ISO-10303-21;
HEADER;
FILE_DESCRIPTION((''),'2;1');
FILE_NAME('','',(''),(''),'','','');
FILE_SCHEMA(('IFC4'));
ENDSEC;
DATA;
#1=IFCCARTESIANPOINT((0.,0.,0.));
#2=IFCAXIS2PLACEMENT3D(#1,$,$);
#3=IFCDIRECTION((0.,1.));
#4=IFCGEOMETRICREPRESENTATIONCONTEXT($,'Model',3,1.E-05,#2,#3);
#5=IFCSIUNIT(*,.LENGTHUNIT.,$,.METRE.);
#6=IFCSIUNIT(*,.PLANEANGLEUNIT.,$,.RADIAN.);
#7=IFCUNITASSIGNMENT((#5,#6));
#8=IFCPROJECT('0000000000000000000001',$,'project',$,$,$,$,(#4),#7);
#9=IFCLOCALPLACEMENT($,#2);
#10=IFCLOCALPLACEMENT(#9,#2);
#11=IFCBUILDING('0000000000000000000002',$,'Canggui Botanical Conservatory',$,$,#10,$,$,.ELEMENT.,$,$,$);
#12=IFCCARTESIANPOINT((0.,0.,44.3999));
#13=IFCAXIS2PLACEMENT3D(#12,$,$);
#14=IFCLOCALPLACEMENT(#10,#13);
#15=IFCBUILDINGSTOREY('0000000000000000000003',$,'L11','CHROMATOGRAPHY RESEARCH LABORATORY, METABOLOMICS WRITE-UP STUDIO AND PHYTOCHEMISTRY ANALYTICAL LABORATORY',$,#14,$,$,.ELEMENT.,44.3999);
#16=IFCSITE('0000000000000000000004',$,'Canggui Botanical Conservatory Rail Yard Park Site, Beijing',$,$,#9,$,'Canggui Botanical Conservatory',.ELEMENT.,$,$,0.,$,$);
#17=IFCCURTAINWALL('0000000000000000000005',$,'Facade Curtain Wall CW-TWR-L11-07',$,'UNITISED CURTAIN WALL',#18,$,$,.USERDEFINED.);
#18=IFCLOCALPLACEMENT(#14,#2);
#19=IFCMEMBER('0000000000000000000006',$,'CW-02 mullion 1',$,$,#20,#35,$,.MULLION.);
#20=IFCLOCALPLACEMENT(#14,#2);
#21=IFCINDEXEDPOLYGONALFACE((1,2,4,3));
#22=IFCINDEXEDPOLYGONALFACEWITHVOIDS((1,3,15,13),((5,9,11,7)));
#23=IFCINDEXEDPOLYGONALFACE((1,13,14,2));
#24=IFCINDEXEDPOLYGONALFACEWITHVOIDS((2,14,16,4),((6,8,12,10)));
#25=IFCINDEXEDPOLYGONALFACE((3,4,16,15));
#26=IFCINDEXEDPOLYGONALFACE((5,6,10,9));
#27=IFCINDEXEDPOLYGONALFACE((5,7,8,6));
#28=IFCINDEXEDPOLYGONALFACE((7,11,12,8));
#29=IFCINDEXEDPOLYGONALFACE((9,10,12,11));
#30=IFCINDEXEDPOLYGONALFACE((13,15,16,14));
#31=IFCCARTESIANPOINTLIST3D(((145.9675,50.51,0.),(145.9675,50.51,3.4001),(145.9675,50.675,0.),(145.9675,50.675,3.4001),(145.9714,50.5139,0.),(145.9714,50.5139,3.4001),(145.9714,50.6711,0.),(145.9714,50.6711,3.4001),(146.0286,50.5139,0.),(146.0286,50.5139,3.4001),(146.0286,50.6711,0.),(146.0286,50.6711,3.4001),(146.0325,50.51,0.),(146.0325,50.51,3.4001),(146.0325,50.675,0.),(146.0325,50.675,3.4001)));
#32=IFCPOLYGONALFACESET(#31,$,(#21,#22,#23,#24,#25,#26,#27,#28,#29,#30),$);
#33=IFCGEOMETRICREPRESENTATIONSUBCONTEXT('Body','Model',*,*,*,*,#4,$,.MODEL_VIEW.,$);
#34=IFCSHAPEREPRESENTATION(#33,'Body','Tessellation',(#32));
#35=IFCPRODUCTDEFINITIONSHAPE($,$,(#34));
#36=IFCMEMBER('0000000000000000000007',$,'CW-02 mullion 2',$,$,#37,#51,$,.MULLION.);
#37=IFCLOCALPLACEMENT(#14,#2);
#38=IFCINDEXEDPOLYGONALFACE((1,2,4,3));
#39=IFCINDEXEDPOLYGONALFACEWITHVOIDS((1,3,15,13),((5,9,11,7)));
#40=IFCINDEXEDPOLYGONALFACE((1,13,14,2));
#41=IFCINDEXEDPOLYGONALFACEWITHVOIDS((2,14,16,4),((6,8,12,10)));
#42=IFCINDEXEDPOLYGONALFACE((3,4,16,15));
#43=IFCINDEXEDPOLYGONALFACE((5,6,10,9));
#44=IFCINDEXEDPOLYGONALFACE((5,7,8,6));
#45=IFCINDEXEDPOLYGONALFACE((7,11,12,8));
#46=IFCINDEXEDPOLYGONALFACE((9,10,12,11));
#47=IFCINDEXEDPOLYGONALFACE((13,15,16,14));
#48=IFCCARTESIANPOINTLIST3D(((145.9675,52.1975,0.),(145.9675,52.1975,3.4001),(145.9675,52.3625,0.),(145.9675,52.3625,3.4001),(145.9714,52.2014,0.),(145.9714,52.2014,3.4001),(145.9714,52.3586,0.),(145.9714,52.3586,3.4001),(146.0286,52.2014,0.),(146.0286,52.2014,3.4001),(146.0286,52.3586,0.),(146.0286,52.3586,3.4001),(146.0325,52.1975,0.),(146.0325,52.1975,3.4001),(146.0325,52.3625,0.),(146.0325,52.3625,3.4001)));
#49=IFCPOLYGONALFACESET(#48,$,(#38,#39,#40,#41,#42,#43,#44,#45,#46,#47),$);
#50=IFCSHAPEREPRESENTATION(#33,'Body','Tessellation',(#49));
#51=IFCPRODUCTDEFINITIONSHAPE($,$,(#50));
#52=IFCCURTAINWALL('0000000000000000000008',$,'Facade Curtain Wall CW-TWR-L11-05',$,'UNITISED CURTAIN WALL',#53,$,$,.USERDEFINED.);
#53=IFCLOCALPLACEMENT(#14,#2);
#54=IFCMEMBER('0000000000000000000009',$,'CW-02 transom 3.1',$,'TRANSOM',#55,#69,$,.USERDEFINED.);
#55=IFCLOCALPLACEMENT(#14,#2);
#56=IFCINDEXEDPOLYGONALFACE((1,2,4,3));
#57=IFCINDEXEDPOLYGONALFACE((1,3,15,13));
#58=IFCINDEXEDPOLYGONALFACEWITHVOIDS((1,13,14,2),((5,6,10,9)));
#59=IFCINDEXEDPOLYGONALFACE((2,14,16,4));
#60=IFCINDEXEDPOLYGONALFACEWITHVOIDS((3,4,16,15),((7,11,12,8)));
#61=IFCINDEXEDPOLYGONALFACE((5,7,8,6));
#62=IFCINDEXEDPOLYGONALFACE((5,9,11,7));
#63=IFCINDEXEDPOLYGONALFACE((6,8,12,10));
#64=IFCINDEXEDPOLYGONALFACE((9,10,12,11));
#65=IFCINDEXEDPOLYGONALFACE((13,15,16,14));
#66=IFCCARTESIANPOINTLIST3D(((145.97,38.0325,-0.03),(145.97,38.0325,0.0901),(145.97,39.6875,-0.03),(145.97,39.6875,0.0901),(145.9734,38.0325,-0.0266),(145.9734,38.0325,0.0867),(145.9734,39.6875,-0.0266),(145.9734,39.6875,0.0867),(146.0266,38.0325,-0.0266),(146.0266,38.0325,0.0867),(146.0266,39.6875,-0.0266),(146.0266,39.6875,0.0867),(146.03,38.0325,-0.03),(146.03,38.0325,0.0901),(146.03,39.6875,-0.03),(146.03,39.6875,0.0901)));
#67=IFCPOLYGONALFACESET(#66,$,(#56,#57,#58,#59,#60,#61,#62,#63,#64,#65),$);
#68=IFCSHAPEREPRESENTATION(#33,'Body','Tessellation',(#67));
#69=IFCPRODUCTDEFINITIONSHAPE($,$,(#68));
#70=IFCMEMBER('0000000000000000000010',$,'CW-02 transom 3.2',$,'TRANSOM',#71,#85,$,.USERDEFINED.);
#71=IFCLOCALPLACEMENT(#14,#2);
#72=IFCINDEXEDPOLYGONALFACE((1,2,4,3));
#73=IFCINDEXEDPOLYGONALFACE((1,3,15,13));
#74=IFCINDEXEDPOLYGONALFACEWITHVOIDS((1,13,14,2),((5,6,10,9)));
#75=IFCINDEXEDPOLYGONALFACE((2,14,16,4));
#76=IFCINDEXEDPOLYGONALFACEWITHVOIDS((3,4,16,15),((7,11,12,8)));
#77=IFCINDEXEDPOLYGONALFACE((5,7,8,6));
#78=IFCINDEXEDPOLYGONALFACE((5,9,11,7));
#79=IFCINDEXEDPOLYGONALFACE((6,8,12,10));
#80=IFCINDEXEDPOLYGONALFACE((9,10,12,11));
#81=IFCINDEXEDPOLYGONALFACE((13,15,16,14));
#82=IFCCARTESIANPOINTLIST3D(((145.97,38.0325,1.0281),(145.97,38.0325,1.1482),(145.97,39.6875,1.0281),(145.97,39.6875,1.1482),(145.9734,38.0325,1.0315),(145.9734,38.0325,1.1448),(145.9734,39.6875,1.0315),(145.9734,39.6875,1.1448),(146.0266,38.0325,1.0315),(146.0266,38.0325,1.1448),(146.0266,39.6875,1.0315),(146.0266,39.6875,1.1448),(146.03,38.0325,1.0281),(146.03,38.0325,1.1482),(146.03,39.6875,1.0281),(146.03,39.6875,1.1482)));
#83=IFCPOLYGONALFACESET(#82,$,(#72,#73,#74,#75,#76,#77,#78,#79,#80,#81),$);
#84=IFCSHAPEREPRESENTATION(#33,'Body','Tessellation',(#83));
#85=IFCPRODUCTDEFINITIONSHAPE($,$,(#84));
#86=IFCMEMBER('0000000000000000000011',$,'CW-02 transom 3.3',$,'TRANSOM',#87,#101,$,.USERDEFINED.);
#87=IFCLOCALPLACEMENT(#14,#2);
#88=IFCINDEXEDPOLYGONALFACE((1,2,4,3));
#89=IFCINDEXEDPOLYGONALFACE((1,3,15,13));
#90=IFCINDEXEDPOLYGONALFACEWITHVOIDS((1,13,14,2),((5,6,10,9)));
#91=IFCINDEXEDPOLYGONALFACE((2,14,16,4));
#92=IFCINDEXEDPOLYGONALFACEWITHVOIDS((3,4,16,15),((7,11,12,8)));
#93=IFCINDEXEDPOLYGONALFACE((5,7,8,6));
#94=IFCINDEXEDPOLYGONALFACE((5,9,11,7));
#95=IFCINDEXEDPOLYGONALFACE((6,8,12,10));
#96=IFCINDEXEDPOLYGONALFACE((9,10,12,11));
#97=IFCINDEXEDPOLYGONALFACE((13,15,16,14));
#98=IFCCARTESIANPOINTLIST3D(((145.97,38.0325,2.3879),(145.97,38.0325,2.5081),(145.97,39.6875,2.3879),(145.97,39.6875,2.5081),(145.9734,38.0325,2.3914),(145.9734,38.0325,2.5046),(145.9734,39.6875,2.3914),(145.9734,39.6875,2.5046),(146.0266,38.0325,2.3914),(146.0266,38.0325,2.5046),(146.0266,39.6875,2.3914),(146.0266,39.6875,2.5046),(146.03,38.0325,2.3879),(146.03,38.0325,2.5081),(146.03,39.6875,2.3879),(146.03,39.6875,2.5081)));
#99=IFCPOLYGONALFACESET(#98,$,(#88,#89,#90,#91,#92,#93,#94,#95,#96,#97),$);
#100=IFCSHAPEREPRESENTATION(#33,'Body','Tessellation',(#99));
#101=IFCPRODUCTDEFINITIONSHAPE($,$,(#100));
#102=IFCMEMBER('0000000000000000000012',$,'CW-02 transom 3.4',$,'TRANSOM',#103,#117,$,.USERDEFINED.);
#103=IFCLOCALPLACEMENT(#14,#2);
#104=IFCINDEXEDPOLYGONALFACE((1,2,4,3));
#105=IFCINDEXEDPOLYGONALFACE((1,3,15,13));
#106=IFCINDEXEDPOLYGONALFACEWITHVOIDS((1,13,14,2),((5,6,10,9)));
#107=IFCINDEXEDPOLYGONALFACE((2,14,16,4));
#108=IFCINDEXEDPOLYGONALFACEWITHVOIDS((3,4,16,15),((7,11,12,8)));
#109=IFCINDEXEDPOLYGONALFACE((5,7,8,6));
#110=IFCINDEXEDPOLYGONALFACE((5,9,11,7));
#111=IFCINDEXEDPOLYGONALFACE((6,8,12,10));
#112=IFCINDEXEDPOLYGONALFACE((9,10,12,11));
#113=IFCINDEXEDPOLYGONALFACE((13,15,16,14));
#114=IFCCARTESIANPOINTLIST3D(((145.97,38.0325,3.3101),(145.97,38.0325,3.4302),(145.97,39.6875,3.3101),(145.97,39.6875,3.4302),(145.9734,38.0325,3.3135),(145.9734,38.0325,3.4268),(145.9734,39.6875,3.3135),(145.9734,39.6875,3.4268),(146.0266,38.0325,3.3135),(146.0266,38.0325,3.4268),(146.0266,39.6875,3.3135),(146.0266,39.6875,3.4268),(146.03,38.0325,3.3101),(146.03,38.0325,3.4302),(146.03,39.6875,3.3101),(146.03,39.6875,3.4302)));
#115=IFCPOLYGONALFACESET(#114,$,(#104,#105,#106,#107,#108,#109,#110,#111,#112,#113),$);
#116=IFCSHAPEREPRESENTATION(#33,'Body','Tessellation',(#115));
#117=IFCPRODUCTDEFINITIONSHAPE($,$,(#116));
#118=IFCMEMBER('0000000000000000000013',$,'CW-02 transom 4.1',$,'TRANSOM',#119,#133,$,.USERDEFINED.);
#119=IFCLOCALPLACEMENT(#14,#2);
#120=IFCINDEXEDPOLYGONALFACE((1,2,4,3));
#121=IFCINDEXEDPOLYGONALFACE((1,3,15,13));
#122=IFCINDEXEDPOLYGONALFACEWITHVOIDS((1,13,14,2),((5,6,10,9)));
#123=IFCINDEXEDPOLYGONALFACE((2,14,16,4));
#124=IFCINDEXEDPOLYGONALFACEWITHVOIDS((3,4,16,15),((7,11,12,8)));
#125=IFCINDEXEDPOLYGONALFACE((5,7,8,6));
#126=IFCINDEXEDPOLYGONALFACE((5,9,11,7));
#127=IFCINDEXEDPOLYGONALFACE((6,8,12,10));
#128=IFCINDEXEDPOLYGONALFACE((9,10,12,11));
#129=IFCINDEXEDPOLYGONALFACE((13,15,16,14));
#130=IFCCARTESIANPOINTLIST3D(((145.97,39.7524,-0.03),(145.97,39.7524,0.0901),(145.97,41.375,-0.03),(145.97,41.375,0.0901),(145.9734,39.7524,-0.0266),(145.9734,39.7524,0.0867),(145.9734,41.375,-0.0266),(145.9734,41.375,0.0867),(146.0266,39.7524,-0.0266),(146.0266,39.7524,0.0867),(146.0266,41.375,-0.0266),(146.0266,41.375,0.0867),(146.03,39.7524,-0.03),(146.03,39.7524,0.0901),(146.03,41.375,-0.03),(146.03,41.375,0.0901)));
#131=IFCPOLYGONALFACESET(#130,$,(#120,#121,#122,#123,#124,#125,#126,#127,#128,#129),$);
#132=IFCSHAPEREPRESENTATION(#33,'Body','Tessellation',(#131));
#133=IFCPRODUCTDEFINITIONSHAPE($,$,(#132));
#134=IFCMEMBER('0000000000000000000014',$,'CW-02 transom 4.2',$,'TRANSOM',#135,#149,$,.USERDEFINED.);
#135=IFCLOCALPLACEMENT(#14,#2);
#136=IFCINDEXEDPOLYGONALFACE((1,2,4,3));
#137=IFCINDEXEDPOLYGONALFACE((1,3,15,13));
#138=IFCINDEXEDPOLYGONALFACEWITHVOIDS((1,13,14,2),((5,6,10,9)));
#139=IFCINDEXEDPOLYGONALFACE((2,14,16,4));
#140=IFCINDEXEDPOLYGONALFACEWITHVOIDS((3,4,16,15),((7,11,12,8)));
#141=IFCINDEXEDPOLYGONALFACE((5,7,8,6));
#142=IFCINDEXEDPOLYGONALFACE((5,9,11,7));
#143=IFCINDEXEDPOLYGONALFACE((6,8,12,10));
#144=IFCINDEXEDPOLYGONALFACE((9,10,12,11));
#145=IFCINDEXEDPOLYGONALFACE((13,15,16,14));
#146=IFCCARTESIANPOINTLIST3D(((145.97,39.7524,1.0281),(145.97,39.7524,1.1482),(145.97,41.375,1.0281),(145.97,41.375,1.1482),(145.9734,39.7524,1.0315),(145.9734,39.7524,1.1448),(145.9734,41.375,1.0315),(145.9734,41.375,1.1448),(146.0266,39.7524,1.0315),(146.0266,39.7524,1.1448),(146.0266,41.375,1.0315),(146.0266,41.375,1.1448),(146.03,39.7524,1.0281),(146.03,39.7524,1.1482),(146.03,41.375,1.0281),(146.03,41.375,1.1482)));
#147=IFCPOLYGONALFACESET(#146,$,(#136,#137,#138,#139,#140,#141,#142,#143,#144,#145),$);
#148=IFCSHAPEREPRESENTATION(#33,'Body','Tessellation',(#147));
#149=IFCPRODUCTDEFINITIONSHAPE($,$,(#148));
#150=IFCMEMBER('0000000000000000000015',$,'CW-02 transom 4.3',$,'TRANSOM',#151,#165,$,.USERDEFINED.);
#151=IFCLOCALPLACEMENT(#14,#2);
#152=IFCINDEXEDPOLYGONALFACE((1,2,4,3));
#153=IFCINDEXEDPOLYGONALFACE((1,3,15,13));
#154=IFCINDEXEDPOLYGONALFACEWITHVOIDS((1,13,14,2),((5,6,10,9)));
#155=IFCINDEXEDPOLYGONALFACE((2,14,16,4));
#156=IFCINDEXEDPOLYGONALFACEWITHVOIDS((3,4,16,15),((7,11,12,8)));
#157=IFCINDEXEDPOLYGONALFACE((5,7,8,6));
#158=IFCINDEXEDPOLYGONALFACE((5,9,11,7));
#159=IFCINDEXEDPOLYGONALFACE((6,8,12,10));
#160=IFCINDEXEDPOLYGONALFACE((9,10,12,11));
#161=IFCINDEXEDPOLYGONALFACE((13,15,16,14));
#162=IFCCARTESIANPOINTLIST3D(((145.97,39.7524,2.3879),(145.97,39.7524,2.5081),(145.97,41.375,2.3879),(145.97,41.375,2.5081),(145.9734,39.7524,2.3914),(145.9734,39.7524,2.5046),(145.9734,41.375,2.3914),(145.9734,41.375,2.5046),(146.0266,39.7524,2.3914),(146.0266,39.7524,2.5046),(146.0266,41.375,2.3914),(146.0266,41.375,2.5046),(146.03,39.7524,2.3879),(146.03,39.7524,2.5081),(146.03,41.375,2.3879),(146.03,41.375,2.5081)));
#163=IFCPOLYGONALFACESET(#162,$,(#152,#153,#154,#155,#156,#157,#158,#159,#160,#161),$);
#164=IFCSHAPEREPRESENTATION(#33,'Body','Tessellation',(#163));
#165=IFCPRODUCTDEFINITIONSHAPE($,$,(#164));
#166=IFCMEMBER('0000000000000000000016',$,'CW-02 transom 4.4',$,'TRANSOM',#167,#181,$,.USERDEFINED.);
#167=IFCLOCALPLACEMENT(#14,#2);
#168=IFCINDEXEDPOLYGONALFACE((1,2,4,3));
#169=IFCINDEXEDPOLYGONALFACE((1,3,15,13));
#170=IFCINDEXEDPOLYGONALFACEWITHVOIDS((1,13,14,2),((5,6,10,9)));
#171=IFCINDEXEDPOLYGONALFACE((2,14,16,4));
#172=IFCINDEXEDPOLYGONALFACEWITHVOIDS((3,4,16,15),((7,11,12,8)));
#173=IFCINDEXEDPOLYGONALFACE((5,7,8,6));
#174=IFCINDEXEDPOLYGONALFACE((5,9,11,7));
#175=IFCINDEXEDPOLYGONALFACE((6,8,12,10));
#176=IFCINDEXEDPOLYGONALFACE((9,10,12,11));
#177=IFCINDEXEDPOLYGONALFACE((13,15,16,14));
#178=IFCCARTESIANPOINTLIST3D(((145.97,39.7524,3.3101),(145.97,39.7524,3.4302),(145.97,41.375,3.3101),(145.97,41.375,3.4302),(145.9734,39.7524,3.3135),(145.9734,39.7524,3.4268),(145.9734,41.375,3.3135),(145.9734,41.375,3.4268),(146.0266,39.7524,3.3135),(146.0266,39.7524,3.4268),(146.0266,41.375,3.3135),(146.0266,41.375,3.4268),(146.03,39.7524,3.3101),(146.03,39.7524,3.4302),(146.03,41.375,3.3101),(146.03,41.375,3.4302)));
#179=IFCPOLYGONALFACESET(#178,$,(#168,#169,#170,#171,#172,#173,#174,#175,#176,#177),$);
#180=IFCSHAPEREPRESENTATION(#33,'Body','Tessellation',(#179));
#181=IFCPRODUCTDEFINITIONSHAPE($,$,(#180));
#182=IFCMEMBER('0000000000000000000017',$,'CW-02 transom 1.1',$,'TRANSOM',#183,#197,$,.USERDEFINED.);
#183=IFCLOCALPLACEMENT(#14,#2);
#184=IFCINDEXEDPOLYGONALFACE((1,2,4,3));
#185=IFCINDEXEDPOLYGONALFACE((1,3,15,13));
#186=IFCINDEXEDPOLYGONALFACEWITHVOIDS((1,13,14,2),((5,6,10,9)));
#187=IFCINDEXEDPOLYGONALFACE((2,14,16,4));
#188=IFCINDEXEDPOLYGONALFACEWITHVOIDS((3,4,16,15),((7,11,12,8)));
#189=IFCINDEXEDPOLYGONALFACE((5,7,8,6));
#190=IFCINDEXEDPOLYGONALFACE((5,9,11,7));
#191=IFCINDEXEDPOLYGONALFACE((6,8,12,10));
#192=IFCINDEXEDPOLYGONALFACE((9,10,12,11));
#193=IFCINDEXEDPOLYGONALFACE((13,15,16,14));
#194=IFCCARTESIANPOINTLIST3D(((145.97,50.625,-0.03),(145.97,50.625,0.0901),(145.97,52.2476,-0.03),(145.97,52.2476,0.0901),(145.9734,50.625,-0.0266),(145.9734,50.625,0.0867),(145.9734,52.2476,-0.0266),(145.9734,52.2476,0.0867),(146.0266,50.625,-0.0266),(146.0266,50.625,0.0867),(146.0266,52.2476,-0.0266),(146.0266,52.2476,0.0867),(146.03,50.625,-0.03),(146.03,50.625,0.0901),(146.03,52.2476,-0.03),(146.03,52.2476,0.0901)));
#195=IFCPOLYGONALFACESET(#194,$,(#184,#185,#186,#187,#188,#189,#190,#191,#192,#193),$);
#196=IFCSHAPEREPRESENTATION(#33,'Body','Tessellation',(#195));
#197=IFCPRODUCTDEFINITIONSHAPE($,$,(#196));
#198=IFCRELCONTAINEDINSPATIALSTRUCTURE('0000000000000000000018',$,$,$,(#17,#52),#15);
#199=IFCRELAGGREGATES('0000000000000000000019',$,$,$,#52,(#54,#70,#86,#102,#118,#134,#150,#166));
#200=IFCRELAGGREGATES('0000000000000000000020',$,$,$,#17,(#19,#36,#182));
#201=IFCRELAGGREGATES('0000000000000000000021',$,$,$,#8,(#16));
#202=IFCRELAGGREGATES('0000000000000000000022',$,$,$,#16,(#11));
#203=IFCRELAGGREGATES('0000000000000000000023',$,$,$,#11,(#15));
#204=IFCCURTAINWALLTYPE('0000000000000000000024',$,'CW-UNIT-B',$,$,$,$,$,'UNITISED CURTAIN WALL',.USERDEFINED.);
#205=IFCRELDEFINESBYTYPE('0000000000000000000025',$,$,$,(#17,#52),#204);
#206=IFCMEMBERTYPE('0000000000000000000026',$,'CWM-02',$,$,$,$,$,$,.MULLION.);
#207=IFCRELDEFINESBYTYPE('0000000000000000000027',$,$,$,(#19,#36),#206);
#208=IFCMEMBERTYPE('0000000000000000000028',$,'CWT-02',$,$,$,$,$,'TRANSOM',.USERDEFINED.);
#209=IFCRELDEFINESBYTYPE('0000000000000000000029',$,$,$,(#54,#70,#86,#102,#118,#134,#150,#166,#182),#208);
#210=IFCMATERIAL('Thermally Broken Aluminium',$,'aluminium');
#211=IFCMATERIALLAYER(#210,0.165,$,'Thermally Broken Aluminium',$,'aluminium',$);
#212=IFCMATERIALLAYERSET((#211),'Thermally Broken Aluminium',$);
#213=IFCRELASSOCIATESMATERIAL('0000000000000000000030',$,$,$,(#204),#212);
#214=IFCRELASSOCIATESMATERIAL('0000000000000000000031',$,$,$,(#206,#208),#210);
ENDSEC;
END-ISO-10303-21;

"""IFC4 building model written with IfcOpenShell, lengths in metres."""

from ifc_helpers import new_model, si_unit, direction, frame, origin, origin_2d, place, context, subcontext, project, spatial, hollow_rectangle, extrude, material, layer, layer_set, material_profile, profile_set, type_object, element, aggregate, save


model = new_model("IFC4")

# Units and contexts
model_context = context("Model", 3, precision=1e-05, world=origin(), true_north=direction((0.0, 1.0)))
body_context = subcontext(model_context, "Body", "Model", "MODEL_VIEW")
ifc_project = project(units=[si_unit("LENGTHUNIT", "METRE"), si_unit("PLANEANGLEUNIT", "RADIAN")], contexts=[model_context])

# Site, building, storey
site_placement = place(None, origin())
site = spatial("IfcSite", under=ifc_project, at=site_placement, Name="Canggui Botanical Conservatory Rail Yard Park Site, Beijing", LongName="Canggui Botanical Conservatory", CompositionType="ELEMENT", RefElevation=0.0)
building_placement = place(site_placement, origin())
building = spatial("IfcBuilding", under=site, at=building_placement, Name="Canggui Botanical Conservatory", CompositionType="ELEMENT")
storey_placement = place(building_placement, frame((0.0, 0.0, 44.3999)))
storey = spatial("IfcBuildingStorey", under=building, at=storey_placement, Name="L11", Description="CHROMATOGRAPHY RESEARCH LABORATORY, METABOLOMICS WRITE-UP STUDIO AND PHYTOCHEMISTRY ANALYTICAL LABORATORY", CompositionType="ELEMENT", Elevation=44.3999)

# Curtain walls, members
ifc_material_1 = material(Name="Thermally Broken Aluminium", Category="aluminium")
ifc_layer_1 = layer(ifc_material_1, 0.165, Name="Thermally Broken Aluminium", Category="aluminium")
ifc_layer_set_1 = layer_set([ifc_layer_1], Name="Thermally Broken Aluminium")
curtain_wall_type = type_object("IfcCurtainWallType", Name="CW-UNIT-B", ElementType="UNITISED CURTAIN WALL", PredefinedType="USERDEFINED", material=ifc_layer_set_1)
curtain_wall_1_placement = place(storey_placement, origin())
curtain_wall_1 = element("IfcCurtainWall", 1, at=curtain_wall_1_placement, inside=storey, type_object=curtain_wall_type, Name="Facade Curtain Wall CW-TWR-L11-07", ObjectType="UNITISED CURTAIN WALL", PredefinedType="USERDEFINED")
ifc_material_profile_1 = material_profile(ifc_material_1, hollow_rectangle(XDim=0.0649, YDim=0.165, WallThickness=0.0039, at=origin_2d()), Name="CWM 65x165x4")
ifc_profile_set_1 = profile_set([ifc_material_profile_1], Name="Thermally Broken Aluminium")
member_type_1 = type_object("IfcMemberType", Name="CWM-02", PredefinedType="MULLION", material=ifc_profile_set_1)
member_1_placement = place(storey_placement, frame((146.0, 50.5925, 0.0), z_axis=(0.0, 0.0, 1.0), x_axis=(-1.0, 0.0, 0.0)))
member_1 = element("IfcMember", 2, at=member_1_placement, type_object=member_type_1, Name="CW-02 mullion 1", PredefinedType="MULLION", context=body_context, shape_type="SweptSolid", body=[
    extrude(hollow_rectangle(XDim=0.0649, YDim=0.165, WallThickness=0.0039, at=origin_2d()), origin(), (0.0, 0.0, 1.0), 3.4001),
])
member_2_placement = place(storey_placement, frame((146.0, 52.28, 0.0), z_axis=(0.0, 0.0, 1.0), x_axis=(-1.0, 0.0, 0.0)))
member_2 = element("IfcMember", 3, at=member_2_placement, type_object=member_type_1, Name="CW-02 mullion 2", PredefinedType="MULLION", context=body_context, shape_type="SweptSolid", body=[
    extrude(hollow_rectangle(XDim=0.0649, YDim=0.165, WallThickness=0.0039, at=origin_2d()), origin(), (0.0, 0.0, 1.0), 3.4001),
])
curtain_wall_2_placement = place(storey_placement, origin())
curtain_wall_2 = element("IfcCurtainWall", 4, at=curtain_wall_2_placement, inside=storey, type_object=curtain_wall_type, Name="Facade Curtain Wall CW-TWR-L11-05", ObjectType="UNITISED CURTAIN WALL", PredefinedType="USERDEFINED")
ifc_material_profile_2 = material_profile(ifc_material_1, hollow_rectangle(XDim=0.0601, YDim=0.1201, WallThickness=0.0034, at=origin_2d()), Name="CWT 60x120x3.5")
ifc_profile_set_2 = profile_set([ifc_material_profile_2], Name="Thermally Broken Aluminium")
member_type_2 = type_object("IfcMemberType", Name="CWT-02", ElementType="TRANSOM", PredefinedType="USERDEFINED", material=ifc_profile_set_2)
member_3_placement = place(storey_placement, frame((146.0, 38.0325, 0.03), z_axis=(0.0, 1.0, 0.0), x_axis=(-1.0, 0.0, 0.0)))
member_3 = element("IfcMember", 5, at=member_3_placement, type_object=member_type_2, Name="CW-02 transom 3.1", ObjectType="TRANSOM", PredefinedType="USERDEFINED", context=body_context, shape_type="SweptSolid", body=[
    extrude(hollow_rectangle(XDim=0.0601, YDim=0.1201, WallThickness=0.0034, at=origin_2d()), origin(), (0.0, 0.0, 1.0), 1.655),
])
member_4_placement = place(storey_placement, frame((146.0, 38.0325, 1.0881), z_axis=(0.0, 1.0, 0.0), x_axis=(-1.0, 0.0, 0.0)))
member_4 = element("IfcMember", 6, at=member_4_placement, type_object=member_type_2, Name="CW-02 transom 3.2", ObjectType="TRANSOM", PredefinedType="USERDEFINED", context=body_context, shape_type="SweptSolid", body=[
    extrude(hollow_rectangle(XDim=0.0601, YDim=0.1201, WallThickness=0.0034, at=origin_2d()), origin(), (0.0, 0.0, 1.0), 1.655),
])
member_5_placement = place(storey_placement, frame((146.0, 38.0325, 2.448), z_axis=(0.0, 1.0, 0.0), x_axis=(-1.0, 0.0, 0.0)))
member_5 = element("IfcMember", 7, at=member_5_placement, type_object=member_type_2, Name="CW-02 transom 3.3", ObjectType="TRANSOM", PredefinedType="USERDEFINED", context=body_context, shape_type="SweptSolid", body=[
    extrude(hollow_rectangle(XDim=0.0601, YDim=0.1201, WallThickness=0.0034, at=origin_2d()), origin(), (0.0, 0.0, 1.0), 1.655),
])
member_6_placement = place(storey_placement, frame((146.0, 38.0325, 3.3701), z_axis=(0.0, 1.0, 0.0), x_axis=(-1.0, 0.0, 0.0)))
member_6 = element("IfcMember", 8, at=member_6_placement, type_object=member_type_2, Name="CW-02 transom 3.4", ObjectType="TRANSOM", PredefinedType="USERDEFINED", context=body_context, shape_type="SweptSolid", body=[
    extrude(hollow_rectangle(XDim=0.0601, YDim=0.1201, WallThickness=0.0034, at=origin_2d()), origin(), (0.0, 0.0, 1.0), 1.655),
])
member_7_placement = place(storey_placement, frame((146.0, 39.7524, 0.03), z_axis=(0.0, 1.0, 0.0), x_axis=(-1.0, 0.0, 0.0)))
member_7 = element("IfcMember", 9, at=member_7_placement, type_object=member_type_2, Name="CW-02 transom 4.1", ObjectType="TRANSOM", PredefinedType="USERDEFINED", context=body_context, shape_type="SweptSolid", body=[
    extrude(hollow_rectangle(XDim=0.0601, YDim=0.1201, WallThickness=0.0034, at=origin_2d()), origin(), (0.0, 0.0, 1.0), 1.6226),
])
member_8_placement = place(storey_placement, frame((146.0, 39.7524, 1.0881), z_axis=(0.0, 1.0, 0.0), x_axis=(-1.0, 0.0, 0.0)))
member_8 = element("IfcMember", 10, at=member_8_placement, type_object=member_type_2, Name="CW-02 transom 4.2", ObjectType="TRANSOM", PredefinedType="USERDEFINED", context=body_context, shape_type="SweptSolid", body=[
    extrude(hollow_rectangle(XDim=0.0601, YDim=0.1201, WallThickness=0.0034, at=origin_2d()), origin(), (0.0, 0.0, 1.0), 1.6226),
])
member_9_placement = place(storey_placement, frame((146.0, 39.7524, 2.448), z_axis=(0.0, 1.0, 0.0), x_axis=(-1.0, 0.0, 0.0)))
member_9 = element("IfcMember", 11, at=member_9_placement, type_object=member_type_2, Name="CW-02 transom 4.3", ObjectType="TRANSOM", PredefinedType="USERDEFINED", context=body_context, shape_type="SweptSolid", body=[
    extrude(hollow_rectangle(XDim=0.0601, YDim=0.1201, WallThickness=0.0034, at=origin_2d()), origin(), (0.0, 0.0, 1.0), 1.6226),
])
member_10_placement = place(storey_placement, frame((146.0, 39.7524, 3.3701), z_axis=(0.0, 1.0, 0.0), x_axis=(-1.0, 0.0, 0.0)))
member_10 = element("IfcMember", 12, at=member_10_placement, type_object=member_type_2, Name="CW-02 transom 4.4", ObjectType="TRANSOM", PredefinedType="USERDEFINED", context=body_context, shape_type="SweptSolid", body=[
    extrude(hollow_rectangle(XDim=0.0601, YDim=0.1201, WallThickness=0.0034, at=origin_2d()), origin(), (0.0, 0.0, 1.0), 1.6226),
])

# Member
member_11_placement = place(storey_placement, frame((146.0, 50.625, 0.03), z_axis=(0.0, 1.0, 0.0), x_axis=(-1.0, 0.0, 0.0)))
member_11 = element("IfcMember", 13, at=member_11_placement, type_object=member_type_2, Name="CW-02 transom 1.1", ObjectType="TRANSOM", PredefinedType="USERDEFINED", context=body_context, shape_type="SweptSolid", body=[
    extrude(hollow_rectangle(XDim=0.0601, YDim=0.1201, WallThickness=0.0034, at=origin_2d()), origin(), (0.0, 0.0, 1.0), 1.6226),
])

aggregate(curtain_wall_2, [member_3, member_4, member_5, member_6, member_7, member_8, member_9, member_10])
aggregate(curtain_wall_1, [member_1, member_2, member_11])

save(model, "model.ifc")
